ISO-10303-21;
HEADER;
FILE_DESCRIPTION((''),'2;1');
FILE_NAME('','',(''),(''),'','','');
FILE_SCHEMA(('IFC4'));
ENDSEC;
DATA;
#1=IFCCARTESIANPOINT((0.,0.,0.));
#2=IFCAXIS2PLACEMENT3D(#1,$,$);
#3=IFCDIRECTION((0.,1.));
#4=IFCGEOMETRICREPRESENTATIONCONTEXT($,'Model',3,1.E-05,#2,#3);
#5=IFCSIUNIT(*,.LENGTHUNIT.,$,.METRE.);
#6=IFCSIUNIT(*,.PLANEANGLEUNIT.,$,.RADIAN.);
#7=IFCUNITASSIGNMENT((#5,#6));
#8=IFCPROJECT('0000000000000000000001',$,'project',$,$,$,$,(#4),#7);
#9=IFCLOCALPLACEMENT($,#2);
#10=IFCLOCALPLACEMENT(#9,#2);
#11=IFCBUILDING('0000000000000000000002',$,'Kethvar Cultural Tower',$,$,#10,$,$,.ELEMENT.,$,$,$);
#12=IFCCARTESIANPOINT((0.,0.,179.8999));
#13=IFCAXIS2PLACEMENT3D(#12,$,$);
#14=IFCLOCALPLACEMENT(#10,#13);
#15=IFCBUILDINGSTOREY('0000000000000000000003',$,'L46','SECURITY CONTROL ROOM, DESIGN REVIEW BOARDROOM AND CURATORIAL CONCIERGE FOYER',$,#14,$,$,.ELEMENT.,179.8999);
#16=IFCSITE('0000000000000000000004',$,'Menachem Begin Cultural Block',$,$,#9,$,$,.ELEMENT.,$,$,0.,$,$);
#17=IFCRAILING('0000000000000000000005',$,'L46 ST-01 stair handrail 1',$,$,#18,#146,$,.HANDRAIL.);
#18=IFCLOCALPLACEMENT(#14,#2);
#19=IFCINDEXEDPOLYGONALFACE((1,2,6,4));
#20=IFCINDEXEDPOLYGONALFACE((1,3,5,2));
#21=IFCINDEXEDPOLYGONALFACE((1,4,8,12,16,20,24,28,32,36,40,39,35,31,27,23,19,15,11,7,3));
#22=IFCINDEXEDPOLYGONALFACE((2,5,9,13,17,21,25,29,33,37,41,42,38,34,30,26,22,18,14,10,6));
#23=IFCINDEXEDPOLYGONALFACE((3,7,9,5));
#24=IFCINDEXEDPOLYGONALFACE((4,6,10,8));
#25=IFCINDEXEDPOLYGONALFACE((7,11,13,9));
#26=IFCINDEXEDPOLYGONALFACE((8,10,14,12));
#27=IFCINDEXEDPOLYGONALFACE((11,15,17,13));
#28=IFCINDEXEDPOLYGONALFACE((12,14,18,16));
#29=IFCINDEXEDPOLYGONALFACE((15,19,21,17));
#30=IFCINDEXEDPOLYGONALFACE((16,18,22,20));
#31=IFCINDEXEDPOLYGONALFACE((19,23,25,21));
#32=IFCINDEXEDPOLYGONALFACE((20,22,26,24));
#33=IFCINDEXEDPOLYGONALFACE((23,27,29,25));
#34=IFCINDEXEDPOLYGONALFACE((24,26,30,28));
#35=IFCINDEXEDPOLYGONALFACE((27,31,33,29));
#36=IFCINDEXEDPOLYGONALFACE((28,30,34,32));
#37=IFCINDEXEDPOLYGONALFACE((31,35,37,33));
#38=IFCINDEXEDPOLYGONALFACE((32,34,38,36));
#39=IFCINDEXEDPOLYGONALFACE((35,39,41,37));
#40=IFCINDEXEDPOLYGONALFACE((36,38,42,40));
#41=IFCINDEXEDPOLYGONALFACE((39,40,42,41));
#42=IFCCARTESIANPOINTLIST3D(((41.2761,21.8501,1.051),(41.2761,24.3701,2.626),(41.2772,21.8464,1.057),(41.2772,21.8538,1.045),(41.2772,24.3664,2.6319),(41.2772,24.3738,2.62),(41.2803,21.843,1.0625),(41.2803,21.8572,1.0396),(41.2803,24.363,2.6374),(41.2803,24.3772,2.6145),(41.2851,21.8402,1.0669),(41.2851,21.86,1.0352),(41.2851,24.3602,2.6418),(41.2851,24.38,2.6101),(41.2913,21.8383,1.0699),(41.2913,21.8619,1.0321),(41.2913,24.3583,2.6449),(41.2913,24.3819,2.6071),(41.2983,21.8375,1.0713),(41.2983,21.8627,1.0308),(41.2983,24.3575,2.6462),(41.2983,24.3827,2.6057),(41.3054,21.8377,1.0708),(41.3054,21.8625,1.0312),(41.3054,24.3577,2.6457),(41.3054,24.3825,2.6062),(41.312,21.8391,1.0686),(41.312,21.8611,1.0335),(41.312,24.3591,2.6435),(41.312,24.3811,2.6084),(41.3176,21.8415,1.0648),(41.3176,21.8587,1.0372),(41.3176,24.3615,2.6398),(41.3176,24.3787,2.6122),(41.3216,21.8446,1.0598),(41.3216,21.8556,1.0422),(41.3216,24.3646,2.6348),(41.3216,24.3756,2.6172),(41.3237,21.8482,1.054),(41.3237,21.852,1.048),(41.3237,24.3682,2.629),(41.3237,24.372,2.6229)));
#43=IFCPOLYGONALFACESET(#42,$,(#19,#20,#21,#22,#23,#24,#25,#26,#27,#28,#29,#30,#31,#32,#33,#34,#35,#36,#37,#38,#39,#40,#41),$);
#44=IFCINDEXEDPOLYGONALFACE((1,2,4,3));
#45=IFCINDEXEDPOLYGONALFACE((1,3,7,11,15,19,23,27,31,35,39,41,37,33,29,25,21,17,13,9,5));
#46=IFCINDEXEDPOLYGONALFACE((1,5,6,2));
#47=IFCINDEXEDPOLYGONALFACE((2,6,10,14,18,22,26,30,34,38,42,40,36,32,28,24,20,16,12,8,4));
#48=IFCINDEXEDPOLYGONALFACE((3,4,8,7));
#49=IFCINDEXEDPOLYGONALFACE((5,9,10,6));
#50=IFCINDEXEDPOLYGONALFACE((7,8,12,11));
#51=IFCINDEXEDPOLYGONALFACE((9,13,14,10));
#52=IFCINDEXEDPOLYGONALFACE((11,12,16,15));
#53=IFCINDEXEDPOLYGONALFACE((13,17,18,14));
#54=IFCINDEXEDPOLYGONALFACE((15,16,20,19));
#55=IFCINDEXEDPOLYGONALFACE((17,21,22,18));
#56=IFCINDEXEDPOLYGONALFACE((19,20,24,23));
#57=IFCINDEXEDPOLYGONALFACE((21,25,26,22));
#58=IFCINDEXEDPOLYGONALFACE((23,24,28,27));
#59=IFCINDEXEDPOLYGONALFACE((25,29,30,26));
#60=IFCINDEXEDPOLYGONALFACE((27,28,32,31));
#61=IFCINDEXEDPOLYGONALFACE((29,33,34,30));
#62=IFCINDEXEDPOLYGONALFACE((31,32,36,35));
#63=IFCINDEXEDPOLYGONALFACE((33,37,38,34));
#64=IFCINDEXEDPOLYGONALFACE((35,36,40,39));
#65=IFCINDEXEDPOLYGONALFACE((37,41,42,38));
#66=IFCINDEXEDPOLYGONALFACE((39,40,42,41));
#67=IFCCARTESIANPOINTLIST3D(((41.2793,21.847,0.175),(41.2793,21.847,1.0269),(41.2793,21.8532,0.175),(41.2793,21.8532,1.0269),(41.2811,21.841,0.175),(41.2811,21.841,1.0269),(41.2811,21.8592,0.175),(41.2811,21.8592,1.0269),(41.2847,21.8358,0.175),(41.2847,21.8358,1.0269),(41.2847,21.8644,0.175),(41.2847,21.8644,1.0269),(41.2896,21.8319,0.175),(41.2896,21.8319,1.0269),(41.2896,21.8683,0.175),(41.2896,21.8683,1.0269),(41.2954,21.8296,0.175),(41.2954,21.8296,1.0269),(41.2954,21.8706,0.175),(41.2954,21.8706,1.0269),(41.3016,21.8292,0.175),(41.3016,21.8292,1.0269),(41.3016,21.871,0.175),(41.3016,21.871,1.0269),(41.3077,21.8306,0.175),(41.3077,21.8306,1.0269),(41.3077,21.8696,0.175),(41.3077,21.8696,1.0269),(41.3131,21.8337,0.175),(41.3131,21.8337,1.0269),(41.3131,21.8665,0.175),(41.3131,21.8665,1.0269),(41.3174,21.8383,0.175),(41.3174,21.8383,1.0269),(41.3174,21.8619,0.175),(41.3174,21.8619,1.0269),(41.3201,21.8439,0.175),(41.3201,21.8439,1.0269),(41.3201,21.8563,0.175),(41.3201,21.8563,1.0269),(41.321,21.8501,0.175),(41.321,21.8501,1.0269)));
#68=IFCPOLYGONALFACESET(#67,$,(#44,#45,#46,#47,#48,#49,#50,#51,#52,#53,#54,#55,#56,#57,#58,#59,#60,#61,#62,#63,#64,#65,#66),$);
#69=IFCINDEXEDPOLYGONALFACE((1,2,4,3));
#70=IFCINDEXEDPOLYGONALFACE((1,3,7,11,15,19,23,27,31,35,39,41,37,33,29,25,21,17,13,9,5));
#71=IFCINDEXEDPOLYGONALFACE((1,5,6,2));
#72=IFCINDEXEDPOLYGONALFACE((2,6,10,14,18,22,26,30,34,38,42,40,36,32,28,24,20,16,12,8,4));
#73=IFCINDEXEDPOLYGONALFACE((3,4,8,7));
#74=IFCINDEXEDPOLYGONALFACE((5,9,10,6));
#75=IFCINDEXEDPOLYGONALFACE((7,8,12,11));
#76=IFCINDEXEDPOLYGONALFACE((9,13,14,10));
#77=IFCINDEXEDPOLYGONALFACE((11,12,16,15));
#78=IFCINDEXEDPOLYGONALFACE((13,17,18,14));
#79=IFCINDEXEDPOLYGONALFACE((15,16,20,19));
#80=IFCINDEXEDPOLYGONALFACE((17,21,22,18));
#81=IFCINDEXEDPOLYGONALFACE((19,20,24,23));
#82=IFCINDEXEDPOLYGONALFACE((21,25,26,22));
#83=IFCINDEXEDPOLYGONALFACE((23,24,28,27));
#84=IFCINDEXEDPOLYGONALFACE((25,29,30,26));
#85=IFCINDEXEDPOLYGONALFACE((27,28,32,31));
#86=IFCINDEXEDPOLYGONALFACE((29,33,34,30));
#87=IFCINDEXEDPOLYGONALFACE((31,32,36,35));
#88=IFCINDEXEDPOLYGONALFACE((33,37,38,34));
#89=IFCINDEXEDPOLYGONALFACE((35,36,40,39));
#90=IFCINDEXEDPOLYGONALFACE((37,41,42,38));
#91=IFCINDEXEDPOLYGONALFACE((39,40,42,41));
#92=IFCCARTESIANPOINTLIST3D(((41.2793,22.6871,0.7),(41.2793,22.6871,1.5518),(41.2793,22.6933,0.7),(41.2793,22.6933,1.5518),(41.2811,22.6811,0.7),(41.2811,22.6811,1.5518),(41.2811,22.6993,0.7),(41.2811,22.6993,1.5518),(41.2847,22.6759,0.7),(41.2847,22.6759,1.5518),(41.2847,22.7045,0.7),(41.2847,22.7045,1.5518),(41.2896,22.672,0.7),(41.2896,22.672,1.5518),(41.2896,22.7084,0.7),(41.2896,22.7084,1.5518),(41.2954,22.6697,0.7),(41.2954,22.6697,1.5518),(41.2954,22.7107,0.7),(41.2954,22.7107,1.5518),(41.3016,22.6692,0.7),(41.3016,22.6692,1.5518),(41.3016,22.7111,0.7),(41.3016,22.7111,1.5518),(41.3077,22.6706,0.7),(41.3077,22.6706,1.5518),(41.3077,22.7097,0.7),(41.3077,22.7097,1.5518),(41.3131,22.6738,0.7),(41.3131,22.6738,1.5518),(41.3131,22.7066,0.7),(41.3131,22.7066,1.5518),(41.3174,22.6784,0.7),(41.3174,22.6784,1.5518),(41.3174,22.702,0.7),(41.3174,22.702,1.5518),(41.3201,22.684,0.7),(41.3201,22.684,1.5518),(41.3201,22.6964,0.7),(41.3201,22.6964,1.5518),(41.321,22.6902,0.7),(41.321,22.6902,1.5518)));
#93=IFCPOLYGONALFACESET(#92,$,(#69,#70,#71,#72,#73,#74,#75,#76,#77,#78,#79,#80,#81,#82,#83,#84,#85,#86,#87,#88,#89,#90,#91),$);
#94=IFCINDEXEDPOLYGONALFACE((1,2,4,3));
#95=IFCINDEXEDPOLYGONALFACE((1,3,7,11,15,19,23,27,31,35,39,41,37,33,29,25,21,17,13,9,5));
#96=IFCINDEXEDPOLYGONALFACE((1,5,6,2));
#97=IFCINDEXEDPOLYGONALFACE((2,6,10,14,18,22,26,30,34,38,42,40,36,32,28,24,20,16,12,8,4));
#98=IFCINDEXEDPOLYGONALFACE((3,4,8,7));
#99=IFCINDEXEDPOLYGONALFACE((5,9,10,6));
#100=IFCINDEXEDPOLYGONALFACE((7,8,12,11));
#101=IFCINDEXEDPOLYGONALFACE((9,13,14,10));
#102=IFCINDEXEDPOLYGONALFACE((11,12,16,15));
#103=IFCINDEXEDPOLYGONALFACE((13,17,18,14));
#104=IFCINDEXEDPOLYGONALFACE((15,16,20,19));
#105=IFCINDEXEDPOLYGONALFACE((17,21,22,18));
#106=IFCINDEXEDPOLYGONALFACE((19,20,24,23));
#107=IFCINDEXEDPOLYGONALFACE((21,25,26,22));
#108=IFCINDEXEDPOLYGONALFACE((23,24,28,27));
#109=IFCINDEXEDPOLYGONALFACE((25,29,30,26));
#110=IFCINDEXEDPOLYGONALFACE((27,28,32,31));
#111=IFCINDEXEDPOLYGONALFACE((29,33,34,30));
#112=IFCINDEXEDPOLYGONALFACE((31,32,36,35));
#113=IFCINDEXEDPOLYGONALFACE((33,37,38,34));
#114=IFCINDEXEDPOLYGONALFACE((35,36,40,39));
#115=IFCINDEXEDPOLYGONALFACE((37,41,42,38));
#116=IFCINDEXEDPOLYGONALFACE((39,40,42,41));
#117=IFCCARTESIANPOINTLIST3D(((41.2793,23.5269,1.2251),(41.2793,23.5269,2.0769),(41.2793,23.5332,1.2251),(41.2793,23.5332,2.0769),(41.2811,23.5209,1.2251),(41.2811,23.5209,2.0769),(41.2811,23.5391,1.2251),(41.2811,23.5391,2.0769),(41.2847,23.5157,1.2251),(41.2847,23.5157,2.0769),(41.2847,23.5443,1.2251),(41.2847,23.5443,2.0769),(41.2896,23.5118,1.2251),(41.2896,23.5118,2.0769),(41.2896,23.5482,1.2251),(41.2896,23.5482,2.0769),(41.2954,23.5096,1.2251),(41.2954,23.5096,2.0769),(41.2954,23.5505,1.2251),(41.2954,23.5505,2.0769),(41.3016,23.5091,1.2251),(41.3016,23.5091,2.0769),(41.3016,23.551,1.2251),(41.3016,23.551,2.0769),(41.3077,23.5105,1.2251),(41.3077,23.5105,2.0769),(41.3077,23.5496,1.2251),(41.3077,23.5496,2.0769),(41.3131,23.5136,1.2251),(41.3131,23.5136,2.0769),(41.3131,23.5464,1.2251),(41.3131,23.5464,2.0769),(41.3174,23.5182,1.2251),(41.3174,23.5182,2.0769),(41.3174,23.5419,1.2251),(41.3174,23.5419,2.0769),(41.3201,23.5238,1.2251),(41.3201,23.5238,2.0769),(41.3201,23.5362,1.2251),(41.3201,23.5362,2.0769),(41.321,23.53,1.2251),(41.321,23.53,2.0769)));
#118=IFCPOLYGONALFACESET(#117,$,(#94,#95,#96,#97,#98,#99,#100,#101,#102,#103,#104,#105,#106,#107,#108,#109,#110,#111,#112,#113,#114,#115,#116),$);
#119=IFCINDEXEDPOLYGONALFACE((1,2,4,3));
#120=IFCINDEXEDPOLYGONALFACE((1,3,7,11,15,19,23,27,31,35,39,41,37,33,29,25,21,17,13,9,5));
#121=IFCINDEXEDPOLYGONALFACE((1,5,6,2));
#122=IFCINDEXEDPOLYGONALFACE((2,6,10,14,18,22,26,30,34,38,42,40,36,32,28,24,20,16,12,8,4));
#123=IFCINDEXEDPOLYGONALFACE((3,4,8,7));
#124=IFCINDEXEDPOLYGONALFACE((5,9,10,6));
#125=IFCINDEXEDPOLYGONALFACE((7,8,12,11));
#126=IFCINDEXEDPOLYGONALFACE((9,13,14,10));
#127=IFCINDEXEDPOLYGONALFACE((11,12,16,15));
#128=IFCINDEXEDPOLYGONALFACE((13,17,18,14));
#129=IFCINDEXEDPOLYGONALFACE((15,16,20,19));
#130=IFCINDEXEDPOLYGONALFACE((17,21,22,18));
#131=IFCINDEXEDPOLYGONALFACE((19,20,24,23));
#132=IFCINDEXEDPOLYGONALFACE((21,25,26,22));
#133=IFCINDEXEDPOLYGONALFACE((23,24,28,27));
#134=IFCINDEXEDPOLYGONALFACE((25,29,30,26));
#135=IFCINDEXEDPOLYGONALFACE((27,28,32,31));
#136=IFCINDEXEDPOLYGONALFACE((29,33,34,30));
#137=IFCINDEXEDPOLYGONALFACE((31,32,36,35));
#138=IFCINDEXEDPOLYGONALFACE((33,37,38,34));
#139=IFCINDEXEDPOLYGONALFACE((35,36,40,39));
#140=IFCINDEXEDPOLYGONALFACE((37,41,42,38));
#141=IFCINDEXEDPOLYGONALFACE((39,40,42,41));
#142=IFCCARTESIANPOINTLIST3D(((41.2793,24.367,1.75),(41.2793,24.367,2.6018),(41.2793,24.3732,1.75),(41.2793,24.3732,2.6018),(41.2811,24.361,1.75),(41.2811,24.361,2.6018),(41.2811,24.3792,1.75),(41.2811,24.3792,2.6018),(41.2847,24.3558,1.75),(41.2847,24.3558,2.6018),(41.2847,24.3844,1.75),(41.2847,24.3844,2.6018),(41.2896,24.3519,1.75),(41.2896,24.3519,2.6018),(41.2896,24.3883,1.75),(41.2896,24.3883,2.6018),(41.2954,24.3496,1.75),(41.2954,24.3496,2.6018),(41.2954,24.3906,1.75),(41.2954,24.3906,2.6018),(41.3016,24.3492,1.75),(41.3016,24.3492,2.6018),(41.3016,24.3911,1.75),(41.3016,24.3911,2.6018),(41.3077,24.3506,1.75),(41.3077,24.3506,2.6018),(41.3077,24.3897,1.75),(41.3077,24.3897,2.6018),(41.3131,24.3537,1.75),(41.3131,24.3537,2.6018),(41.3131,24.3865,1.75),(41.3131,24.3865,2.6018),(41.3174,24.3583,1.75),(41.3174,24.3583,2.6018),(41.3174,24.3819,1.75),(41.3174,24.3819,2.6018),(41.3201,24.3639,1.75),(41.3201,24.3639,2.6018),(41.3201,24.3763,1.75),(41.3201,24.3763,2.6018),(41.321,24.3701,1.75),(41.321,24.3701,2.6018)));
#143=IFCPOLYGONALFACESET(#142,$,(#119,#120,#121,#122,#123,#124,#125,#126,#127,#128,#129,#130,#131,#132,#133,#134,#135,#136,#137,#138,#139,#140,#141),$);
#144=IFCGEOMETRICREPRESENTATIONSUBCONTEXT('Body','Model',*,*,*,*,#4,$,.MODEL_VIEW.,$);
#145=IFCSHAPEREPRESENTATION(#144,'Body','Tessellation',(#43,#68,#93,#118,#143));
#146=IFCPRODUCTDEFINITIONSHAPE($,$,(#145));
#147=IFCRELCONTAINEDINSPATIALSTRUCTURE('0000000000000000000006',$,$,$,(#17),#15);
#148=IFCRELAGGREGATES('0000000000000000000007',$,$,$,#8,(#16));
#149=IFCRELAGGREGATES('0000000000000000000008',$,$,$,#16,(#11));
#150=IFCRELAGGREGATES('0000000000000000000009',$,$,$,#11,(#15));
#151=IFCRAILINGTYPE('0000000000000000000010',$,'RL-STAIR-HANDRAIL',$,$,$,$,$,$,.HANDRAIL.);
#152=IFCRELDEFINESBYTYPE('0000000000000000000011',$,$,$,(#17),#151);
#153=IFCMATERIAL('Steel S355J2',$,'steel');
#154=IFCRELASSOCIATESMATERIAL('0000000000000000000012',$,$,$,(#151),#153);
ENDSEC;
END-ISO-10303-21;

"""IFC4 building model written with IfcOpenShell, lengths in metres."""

from ifc_helpers import new_model, si_unit, direction, frame, origin, origin_2d, place, context, subcontext, project, spatial, circle, extrude, material, type_object, element, save


model = new_model("IFC4")

# Units and contexts
model_context = context("Model", 3, precision=1e-05, world=origin(), true_north=direction((0.0, 1.0)))
body_context = subcontext(model_context, "Body", "Model", "MODEL_VIEW")
ifc_project = project(units=[si_unit("LENGTHUNIT", "METRE"), si_unit("PLANEANGLEUNIT", "RADIAN")], contexts=[model_context])

# Site, building, storey
site_placement = place(None, origin())
site = spatial("IfcSite", under=ifc_project, at=site_placement, Name="Menachem Begin Cultural Block", CompositionType="ELEMENT", RefElevation=0.0)
building_placement = place(site_placement, origin())
building = spatial("IfcBuilding", under=site, at=building_placement, Name="Kethvar Cultural Tower", CompositionType="ELEMENT")
storey_placement = place(building_placement, frame((0.0, 0.0, 179.8999)))
storey = spatial("IfcBuildingStorey", under=building, at=storey_placement, Name="L46", Description="SECURITY CONTROL ROOM, DESIGN REVIEW BOARDROOM AND CURATORIAL CONCIERGE FOYER", CompositionType="ELEMENT", Elevation=179.8999)

# Shared definitions
ifc_material_1 = material(Name="Steel S355J2", Category="steel")

# Railing
railing_type_1 = type_object("IfcRailingType", Name="RL-STAIR-HANDRAIL", PredefinedType="HANDRAIL", material=ifc_material_1)
railing_1_placement = place(storey_placement, frame((41.3, 21.8501, 0.175)))
element("IfcRailing", 1, at=railing_1_placement, inside=storey, type_object=railing_type_1, Name="L46 ST-01 stair handrail 1", PredefinedType="HANDRAIL", context=body_context, shape_type="SweptSolid", body=[
    extrude(circle(Radius=0.0239, at=origin_2d()), frame((0.0, 0.0, 0.876), z_axis=(0.0, 0.848008, 0.529984), x_axis=(-1.0, 0.0, 0.0)), (0.0, 0.0, 1.0), 2.9717),
    extrude(circle(Radius=0.021, at=origin_2d()), origin(), (0.0, 0.0, 1.0), 0.8518),
    extrude(circle(Radius=0.021, at=origin_2d()), frame((0.0, 0.8401, 0.5249)), (0.0, 0.0, 1.0), 0.8518),
    extrude(circle(Radius=0.021, at=origin_2d()), frame((0.0, 1.6799, 1.05)), (0.0, 0.0, 1.0), 0.8518),
    extrude(circle(Radius=0.021, at=origin_2d()), frame((0.0, 2.52, 1.575)), (0.0, 0.0, 1.0), 0.8518),
])

save(model, "model.ifc")
